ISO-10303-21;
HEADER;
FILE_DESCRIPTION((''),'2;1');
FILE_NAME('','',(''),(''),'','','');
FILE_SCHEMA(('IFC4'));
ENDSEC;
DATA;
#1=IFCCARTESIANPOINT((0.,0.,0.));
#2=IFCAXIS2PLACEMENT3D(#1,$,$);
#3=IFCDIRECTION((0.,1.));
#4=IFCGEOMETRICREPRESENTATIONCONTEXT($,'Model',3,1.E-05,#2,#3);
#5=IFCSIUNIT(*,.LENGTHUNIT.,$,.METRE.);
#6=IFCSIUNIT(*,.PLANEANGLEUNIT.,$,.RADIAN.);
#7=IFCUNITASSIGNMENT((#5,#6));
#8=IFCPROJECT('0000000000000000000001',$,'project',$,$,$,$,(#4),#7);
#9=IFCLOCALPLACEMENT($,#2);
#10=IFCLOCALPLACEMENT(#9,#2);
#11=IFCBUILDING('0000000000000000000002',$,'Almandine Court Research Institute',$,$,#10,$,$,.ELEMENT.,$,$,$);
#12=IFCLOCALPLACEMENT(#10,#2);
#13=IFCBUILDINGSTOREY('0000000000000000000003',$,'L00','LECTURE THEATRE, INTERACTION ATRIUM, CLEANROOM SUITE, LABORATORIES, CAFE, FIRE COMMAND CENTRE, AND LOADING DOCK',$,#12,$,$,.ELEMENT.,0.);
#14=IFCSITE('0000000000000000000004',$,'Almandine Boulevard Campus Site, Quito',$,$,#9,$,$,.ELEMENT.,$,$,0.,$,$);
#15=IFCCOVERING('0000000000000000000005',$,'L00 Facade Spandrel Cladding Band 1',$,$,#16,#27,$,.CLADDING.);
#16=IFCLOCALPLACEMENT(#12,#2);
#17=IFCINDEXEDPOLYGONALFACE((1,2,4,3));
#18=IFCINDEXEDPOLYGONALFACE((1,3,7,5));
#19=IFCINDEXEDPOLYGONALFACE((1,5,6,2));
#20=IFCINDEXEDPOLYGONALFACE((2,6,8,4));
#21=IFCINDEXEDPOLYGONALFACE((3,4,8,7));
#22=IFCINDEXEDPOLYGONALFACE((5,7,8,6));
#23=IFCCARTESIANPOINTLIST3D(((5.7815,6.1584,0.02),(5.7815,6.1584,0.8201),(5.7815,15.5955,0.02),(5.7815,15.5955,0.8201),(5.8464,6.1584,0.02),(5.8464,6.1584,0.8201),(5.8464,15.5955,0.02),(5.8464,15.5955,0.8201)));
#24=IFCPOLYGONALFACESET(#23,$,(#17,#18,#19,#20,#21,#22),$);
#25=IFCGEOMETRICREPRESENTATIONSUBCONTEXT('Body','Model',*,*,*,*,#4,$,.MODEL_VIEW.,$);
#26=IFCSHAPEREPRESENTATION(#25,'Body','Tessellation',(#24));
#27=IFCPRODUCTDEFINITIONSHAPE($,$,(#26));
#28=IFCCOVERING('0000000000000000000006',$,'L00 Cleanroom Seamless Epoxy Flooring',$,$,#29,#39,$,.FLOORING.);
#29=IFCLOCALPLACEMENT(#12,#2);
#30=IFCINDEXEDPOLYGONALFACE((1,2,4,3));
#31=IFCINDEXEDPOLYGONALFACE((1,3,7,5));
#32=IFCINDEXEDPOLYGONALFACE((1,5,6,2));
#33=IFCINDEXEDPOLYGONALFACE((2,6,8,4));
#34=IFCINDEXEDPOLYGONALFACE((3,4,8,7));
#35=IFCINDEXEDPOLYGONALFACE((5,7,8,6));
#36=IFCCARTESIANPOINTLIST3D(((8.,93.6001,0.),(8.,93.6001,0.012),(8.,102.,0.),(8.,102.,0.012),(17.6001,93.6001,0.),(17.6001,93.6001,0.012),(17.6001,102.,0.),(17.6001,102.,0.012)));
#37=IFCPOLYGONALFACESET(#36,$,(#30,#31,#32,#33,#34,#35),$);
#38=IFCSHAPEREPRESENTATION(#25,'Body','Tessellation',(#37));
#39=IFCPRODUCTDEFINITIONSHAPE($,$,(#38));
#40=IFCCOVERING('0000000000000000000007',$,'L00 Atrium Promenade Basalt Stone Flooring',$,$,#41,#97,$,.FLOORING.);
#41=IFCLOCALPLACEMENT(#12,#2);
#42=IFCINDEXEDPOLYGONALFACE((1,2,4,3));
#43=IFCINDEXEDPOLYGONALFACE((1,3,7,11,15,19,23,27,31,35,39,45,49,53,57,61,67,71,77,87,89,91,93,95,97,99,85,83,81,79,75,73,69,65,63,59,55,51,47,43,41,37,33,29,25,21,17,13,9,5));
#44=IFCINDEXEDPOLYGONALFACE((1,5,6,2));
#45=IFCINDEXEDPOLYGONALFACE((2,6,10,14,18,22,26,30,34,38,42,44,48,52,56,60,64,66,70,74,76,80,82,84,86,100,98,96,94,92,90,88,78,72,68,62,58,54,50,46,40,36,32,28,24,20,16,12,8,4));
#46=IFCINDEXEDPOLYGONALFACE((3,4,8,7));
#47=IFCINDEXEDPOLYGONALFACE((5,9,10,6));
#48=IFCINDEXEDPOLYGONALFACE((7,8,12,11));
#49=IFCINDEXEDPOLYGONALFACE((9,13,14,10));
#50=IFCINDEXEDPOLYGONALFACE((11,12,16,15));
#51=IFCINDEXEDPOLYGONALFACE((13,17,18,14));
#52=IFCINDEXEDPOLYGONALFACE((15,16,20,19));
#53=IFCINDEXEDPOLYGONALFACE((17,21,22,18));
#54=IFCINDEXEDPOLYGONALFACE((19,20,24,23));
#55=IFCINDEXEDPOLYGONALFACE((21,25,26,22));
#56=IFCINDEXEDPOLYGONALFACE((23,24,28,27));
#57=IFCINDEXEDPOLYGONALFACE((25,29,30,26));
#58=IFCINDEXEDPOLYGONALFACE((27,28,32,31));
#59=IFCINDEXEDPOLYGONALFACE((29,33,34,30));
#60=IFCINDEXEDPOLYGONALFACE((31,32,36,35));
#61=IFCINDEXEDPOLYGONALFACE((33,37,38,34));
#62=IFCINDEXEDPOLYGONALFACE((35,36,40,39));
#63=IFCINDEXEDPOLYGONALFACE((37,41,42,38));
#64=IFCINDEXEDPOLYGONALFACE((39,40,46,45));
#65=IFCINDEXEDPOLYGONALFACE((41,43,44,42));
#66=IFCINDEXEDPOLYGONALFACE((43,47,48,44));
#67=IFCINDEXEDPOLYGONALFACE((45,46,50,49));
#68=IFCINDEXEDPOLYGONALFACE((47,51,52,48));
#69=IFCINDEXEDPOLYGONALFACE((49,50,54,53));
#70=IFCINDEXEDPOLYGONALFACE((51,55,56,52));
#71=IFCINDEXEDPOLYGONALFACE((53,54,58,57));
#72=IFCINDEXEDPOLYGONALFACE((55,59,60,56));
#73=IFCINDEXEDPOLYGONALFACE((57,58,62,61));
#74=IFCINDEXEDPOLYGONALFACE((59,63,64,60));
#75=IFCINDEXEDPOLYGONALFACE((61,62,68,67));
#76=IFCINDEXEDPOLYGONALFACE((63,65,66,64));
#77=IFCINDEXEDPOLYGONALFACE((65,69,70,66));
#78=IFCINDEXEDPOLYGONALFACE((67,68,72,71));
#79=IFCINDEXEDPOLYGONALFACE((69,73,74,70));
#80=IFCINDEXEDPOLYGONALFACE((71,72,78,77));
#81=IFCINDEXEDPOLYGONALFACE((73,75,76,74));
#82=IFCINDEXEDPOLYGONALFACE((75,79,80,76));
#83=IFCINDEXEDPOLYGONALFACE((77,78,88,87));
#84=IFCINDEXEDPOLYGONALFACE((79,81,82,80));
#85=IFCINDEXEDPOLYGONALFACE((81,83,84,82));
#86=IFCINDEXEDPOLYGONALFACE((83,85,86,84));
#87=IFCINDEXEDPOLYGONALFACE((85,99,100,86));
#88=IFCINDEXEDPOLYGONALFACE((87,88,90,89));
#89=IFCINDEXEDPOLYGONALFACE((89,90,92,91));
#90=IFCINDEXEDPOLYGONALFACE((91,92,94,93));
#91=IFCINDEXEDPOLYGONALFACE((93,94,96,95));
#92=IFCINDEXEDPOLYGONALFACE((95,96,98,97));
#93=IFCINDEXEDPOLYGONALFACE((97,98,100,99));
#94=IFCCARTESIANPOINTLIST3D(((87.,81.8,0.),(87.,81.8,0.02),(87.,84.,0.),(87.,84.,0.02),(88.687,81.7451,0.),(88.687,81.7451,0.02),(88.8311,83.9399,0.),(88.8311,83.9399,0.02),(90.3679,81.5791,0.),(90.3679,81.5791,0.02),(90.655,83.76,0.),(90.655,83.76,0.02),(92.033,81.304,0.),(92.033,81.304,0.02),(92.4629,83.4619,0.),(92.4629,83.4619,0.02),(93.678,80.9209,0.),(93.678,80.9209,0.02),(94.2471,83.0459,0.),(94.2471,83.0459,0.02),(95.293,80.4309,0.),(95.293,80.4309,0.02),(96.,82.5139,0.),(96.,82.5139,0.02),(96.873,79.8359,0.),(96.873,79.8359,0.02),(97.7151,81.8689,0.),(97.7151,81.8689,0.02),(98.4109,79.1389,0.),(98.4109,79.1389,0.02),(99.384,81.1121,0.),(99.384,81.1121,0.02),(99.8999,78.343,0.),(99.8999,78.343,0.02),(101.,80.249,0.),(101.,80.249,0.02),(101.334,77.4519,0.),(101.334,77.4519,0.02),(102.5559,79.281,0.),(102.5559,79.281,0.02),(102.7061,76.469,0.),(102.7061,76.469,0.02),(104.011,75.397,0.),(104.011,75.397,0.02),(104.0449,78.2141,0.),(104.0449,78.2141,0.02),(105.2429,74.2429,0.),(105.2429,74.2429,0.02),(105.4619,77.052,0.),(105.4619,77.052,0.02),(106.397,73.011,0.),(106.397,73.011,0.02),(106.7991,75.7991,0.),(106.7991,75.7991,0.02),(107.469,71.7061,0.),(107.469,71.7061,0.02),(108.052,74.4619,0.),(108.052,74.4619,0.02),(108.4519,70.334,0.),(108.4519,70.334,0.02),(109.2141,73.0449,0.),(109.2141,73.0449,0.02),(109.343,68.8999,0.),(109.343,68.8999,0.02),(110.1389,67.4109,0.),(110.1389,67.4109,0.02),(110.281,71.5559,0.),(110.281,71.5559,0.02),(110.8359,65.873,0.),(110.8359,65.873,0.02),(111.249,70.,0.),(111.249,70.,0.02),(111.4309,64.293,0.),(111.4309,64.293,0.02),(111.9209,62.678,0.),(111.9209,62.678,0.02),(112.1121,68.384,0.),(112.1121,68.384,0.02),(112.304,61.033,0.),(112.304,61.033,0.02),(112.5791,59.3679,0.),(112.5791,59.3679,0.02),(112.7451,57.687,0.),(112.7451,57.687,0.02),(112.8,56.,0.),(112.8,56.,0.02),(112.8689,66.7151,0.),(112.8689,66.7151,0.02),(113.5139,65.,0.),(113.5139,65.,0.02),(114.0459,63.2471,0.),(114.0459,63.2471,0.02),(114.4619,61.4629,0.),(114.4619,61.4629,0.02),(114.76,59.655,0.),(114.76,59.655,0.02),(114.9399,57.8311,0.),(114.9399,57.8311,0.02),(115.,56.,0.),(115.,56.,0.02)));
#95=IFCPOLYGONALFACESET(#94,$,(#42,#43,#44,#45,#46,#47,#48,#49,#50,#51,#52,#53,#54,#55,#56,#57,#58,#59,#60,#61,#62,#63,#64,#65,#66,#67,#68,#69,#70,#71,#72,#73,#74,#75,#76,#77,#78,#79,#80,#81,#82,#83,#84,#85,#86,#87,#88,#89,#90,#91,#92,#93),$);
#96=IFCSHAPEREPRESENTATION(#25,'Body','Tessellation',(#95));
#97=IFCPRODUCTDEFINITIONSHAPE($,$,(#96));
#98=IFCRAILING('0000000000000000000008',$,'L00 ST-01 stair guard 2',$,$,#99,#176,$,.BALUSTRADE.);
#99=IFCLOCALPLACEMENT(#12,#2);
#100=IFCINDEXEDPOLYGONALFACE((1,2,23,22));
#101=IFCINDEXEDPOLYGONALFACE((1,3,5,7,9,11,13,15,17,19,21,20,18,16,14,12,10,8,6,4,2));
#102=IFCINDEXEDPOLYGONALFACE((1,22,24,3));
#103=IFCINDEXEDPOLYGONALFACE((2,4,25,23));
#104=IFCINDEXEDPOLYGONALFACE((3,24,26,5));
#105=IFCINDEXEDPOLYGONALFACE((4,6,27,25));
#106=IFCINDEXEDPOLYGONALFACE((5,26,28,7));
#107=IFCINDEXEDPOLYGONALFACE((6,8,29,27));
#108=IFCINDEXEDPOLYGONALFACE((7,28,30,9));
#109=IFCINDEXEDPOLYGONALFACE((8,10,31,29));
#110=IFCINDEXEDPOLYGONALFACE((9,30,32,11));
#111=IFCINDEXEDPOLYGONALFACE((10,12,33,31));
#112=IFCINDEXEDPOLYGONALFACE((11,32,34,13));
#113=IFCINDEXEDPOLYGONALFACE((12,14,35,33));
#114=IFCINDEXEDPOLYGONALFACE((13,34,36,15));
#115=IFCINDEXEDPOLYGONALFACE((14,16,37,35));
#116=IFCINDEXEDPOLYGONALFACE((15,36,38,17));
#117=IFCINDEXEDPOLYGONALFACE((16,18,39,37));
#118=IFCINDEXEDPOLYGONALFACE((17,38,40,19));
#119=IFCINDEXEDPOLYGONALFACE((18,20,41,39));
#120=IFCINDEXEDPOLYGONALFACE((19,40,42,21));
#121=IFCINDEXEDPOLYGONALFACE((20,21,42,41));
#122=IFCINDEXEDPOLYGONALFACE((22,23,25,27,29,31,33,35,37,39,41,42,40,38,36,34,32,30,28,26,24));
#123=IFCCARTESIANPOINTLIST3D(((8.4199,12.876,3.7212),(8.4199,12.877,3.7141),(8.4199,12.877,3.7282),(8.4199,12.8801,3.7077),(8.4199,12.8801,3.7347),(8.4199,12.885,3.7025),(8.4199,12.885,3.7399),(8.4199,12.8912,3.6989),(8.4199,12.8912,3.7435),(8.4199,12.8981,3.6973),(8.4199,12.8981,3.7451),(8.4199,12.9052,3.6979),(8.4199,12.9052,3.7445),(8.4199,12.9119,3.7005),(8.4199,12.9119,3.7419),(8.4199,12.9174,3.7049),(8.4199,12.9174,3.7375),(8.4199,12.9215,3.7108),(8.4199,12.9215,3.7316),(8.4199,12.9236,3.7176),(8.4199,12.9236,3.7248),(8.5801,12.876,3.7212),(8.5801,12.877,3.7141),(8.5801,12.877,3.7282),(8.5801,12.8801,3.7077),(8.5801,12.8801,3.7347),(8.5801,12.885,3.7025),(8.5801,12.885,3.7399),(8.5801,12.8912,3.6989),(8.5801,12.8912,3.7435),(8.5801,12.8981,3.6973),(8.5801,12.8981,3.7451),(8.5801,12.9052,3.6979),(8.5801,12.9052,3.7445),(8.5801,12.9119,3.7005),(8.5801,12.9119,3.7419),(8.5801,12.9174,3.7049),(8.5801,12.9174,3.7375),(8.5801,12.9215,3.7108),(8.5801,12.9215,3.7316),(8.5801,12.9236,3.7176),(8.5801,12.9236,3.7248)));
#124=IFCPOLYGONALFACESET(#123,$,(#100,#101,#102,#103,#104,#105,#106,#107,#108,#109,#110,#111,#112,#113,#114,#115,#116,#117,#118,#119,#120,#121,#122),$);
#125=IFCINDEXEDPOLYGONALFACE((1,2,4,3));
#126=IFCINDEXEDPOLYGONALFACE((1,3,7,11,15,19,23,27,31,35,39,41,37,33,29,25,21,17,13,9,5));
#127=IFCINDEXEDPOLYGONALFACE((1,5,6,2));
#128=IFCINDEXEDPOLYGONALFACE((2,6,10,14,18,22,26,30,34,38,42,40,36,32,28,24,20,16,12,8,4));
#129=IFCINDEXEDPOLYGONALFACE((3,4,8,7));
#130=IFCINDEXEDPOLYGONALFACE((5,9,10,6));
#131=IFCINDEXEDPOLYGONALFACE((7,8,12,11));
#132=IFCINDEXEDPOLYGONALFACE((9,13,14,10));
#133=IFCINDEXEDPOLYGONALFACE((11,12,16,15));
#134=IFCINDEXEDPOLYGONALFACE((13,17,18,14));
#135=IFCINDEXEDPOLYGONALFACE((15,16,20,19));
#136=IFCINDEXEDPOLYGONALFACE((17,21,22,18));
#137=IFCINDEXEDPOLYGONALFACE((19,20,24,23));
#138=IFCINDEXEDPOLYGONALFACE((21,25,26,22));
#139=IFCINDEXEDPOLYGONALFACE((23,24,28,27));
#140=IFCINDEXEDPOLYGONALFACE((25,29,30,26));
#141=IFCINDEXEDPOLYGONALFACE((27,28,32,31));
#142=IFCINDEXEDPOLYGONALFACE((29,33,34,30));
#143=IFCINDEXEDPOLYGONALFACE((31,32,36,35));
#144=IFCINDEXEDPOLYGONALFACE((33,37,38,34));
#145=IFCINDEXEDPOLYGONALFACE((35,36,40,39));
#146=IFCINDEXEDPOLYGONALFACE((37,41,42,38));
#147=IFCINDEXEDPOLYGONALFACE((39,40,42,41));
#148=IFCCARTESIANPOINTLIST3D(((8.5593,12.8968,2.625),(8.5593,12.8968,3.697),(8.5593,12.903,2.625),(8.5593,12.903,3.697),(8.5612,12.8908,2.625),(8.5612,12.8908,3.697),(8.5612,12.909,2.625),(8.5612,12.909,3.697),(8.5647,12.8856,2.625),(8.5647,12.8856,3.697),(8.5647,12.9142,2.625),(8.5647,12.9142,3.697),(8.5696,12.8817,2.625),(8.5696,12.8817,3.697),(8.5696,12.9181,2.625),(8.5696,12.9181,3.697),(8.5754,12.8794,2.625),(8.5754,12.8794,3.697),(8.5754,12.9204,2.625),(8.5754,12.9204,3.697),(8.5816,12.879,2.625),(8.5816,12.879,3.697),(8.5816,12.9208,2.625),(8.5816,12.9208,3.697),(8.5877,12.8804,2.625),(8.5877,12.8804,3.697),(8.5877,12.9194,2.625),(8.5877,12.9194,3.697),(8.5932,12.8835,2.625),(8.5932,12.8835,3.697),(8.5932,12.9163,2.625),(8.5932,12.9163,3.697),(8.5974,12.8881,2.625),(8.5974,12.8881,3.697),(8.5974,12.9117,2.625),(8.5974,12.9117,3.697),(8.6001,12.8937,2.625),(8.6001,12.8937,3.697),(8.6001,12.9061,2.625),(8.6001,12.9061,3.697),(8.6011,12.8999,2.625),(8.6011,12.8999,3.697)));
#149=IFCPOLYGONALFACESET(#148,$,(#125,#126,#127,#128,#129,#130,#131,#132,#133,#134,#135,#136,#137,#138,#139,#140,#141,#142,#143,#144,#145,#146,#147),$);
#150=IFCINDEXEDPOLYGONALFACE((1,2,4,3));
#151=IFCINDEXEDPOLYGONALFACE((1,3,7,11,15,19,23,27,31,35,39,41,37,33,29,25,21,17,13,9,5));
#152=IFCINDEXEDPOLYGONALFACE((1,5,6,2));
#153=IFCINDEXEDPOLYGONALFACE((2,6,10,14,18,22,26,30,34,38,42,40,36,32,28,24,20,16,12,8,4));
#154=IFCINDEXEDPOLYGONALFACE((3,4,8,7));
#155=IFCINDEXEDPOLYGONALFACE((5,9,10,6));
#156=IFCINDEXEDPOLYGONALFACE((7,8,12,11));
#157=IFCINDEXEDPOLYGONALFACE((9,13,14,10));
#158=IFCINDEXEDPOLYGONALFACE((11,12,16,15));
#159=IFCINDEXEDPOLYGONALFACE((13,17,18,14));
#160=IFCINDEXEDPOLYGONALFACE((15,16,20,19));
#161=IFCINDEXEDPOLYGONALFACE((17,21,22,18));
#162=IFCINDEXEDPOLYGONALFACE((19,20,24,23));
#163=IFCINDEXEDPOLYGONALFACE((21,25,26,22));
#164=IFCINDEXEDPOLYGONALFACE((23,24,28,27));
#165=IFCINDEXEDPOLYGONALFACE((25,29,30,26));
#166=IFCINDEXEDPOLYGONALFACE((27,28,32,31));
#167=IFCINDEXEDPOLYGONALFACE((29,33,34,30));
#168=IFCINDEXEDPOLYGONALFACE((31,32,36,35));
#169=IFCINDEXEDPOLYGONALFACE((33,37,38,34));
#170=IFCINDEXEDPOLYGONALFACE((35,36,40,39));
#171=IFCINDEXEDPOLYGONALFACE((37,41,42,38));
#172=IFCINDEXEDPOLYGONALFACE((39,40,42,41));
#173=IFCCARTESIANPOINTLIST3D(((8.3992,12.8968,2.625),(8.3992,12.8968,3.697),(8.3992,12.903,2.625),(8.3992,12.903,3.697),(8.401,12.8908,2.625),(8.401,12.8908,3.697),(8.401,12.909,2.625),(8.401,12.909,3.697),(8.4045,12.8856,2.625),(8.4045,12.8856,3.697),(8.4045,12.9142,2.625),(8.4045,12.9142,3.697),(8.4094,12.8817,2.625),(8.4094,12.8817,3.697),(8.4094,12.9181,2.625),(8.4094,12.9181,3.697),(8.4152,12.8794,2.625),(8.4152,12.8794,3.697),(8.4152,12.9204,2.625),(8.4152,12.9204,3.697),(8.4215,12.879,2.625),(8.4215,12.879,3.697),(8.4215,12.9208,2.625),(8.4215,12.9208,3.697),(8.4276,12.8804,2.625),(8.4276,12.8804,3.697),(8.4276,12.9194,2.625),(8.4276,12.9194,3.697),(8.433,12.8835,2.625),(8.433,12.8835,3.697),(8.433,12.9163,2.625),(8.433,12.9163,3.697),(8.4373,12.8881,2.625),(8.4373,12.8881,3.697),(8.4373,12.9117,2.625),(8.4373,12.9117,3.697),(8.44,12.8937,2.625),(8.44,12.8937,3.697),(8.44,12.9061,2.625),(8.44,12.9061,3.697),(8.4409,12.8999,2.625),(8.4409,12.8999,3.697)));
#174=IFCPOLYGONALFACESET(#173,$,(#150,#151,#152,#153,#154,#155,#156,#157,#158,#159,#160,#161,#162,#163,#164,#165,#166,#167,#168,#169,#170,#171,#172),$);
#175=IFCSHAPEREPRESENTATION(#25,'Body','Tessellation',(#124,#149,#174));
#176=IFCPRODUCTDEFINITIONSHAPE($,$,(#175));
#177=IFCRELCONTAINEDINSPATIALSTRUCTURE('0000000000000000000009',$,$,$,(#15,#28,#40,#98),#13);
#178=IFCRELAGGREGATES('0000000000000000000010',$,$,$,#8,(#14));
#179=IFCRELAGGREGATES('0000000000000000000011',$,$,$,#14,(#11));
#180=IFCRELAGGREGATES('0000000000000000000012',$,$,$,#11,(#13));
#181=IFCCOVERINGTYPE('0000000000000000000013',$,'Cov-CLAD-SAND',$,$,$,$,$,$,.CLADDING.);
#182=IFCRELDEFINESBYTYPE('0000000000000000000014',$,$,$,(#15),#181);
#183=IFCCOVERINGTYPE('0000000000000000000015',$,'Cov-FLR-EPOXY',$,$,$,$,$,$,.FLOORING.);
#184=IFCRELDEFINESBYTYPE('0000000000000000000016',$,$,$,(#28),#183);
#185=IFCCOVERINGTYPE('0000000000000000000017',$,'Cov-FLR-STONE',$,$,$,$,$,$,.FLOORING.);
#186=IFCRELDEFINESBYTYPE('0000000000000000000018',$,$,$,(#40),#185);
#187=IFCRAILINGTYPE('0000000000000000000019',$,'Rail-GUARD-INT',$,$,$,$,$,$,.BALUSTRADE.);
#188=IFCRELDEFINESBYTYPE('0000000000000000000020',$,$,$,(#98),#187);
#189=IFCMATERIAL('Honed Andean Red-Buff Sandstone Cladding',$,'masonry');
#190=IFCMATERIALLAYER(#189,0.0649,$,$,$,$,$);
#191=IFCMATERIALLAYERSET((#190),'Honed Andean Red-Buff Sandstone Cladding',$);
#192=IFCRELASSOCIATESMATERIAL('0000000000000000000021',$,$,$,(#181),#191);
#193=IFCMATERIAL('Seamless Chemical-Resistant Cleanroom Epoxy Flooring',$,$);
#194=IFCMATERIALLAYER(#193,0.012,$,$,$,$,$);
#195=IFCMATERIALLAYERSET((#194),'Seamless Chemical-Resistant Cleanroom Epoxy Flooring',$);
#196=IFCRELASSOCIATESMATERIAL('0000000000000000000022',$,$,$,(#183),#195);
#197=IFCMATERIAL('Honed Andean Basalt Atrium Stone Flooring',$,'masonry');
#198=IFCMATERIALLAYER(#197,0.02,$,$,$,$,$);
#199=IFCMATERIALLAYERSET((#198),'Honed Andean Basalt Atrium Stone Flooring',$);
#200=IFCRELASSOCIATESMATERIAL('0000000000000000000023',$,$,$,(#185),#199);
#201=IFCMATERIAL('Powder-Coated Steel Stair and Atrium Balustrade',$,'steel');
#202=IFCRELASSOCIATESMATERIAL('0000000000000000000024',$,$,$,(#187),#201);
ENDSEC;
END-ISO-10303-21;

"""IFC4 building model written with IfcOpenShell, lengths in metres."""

from ifc_helpers import new_model, si_unit, direction, frame, origin, origin_2d, place, context, subcontext, project, spatial, polyline, rectangle, circle, outline, extrude, material, layer, layer_set, type_object, element, save


model = new_model("IFC4")

# Units and contexts
model_context = context("Model", 3, precision=1e-05, world=origin(), true_north=direction((0.0, 1.0)))
body_context = subcontext(model_context, "Body", "Model", "MODEL_VIEW")
ifc_project = project(units=[si_unit("LENGTHUNIT", "METRE"), si_unit("PLANEANGLEUNIT", "RADIAN")], contexts=[model_context])

# Site, building, storey
site_placement = place(None, origin())
site = spatial("IfcSite", under=ifc_project, at=site_placement, Name="Almandine Boulevard Campus Site, Quito", CompositionType="ELEMENT", RefElevation=0.0)
building_placement = place(site_placement, origin())
building = spatial("IfcBuilding", under=site, at=building_placement, Name="Almandine Court Research Institute", CompositionType="ELEMENT")
storey_placement = place(building_placement, origin())
storey = spatial("IfcBuildingStorey", under=building, at=storey_placement, Name="L00", Description="LECTURE THEATRE, INTERACTION ATRIUM, CLEANROOM SUITE, LABORATORIES, CAFE, FIRE COMMAND CENTRE, AND LOADING DOCK", CompositionType="ELEMENT", Elevation=0.0)

# Coverings
ifc_material_1 = material(Name="Honed Andean Red-Buff Sandstone Cladding", Category="masonry")
ifc_layer_1 = layer(ifc_material_1, 0.0649)
ifc_layer_set_1 = layer_set([ifc_layer_1], Name="Honed Andean Red-Buff Sandstone Cladding")
covering_type_1 = type_object("IfcCoveringType", Name="Cov-CLAD-SAND", PredefinedType="CLADDING", material=ifc_layer_set_1)
covering_1_placement = place(storey_placement, frame((5.814, 10.877, 0.02), z_axis=(0.0, 0.0, 1.0), x_axis=(0.0, 1.0, 0.0)))
element("IfcCovering", 1, at=covering_1_placement, inside=storey, type_object=covering_type_1, Name="L00 Facade Spandrel Cladding Band 1", PredefinedType="CLADDING", context=body_context, shape_type="SweptSolid", body=[
    extrude(rectangle(XDim=9.437, YDim=0.0649, at=origin_2d()), origin(), (0.0, 0.0, 1.0), 0.8),
])
ifc_material_2 = material(Name="Seamless Chemical-Resistant Cleanroom Epoxy Flooring")
ifc_layer_2 = layer(ifc_material_2, 0.012)
ifc_layer_set_2 = layer_set([ifc_layer_2], Name="Seamless Chemical-Resistant Cleanroom Epoxy Flooring")
covering_type_2 = type_object("IfcCoveringType", Name="Cov-FLR-EPOXY", PredefinedType="FLOORING", material=ifc_layer_set_2)
covering_2_placement = place(storey_placement, origin())
element("IfcCovering", 2, at=covering_2_placement, inside=storey, type_object=covering_type_2, Name="L00 Cleanroom Seamless Epoxy Flooring", PredefinedType="FLOORING", context=body_context, shape_type="SweptSolid", body=[
    extrude(outline(polyline([(8.0, 93.6001), (17.6001, 93.6001), (17.6001, 102.0), (8.0, 102.0), (8.0, 93.6001)])), origin(), (0.0, 0.0, 1.0), 0.012),
])
ifc_material_3 = material(Name="Honed Andean Basalt Atrium Stone Flooring", Category="masonry")
ifc_layer_3 = layer(ifc_material_3, 0.02)
ifc_layer_set_3 = layer_set([ifc_layer_3], Name="Honed Andean Basalt Atrium Stone Flooring")
covering_type_3 = type_object("IfcCoveringType", Name="Cov-FLR-STONE", PredefinedType="FLOORING", material=ifc_layer_set_3)
covering_3_placement = place(storey_placement, origin())
element("IfcCovering", 3, at=covering_3_placement, inside=storey, type_object=covering_type_3, Name="L00 Atrium Promenade Basalt Stone Flooring", PredefinedType="FLOORING", context=body_context, shape_type="SweptSolid", body=[
    extrude(outline(polyline([(115.0, 56.0), (114.9399, 57.8311), (114.76, 59.655), (114.4619, 61.4629), (114.0459, 63.2471), (113.5139, 65.0), (112.8689, 66.7151), (112.1121, 68.384), (111.249, 70.0), (110.281, 71.5559), (109.2141, 73.0449), (108.052, 74.4619), (106.7991, 75.7991), (105.4619, 77.052), (104.0449, 78.2141), (102.5559, 79.281), (101.0, 80.249), (99.384, 81.1121), (97.7151, 81.8689), (96.0, 82.5139), (94.2471, 83.0459), (92.4629, 83.4619), (90.655, 83.76), (88.8311, 83.9399), (87.0, 84.0), (87.0, 81.8), (88.687, 81.7451), (90.3679, 81.5791), (92.033, 81.304), (93.678, 80.9209), (95.293, 80.4309), (96.873, 79.8359), (98.4109, 79.1389), (99.8999, 78.343), (101.334, 77.4519), (102.7061, 76.469), (104.011, 75.397), (105.2429, 74.2429), (106.397, 73.011), (107.469, 71.7061), (108.4519, 70.334), (109.343, 68.8999), (110.1389, 67.4109), (110.8359, 65.873), (111.4309, 64.293), (111.9209, 62.678), (112.304, 61.033), (112.5791, 59.3679), (112.7451, 57.687), (112.8, 56.0), (115.0, 56.0)])), origin(), (0.0, 0.0, 1.0), 0.02),
])

# Railing
ifc_material_4 = material(Name="Powder-Coated Steel Stair and Atrium Balustrade", Category="steel")
railing_type_1 = type_object("IfcRailingType", Name="Rail-GUARD-INT", PredefinedType="BALUSTRADE", material=ifc_material_4)
railing_1_placement = place(storey_placement, frame((8.5801, 12.8999, 2.625)))
element("IfcRailing", 4, at=railing_1_placement, inside=storey, type_object=railing_type_1, Name="L00 ST-01 stair guard 2", PredefinedType="BALUSTRADE", context=body_context, shape_type="SweptSolid", body=[
    extrude(circle(Radius=0.0239, at=origin_2d()), frame((0.0, 0.0, 1.0962), z_axis=(-1.0, 0.0, 0.0), x_axis=(0.0, -1.0, 0.0)), (0.0, 0.0, 1.0), 0.1602),
    extrude(circle(Radius=0.021, at=origin_2d()), origin(), (0.0, 0.0, 1.0), 1.072),
    extrude(circle(Radius=0.021, at=origin_2d()), frame((-0.1602, 0.0, 0.0)), (0.0, 0.0, 1.0), 1.072),
])

save(model, "model.ifc")
